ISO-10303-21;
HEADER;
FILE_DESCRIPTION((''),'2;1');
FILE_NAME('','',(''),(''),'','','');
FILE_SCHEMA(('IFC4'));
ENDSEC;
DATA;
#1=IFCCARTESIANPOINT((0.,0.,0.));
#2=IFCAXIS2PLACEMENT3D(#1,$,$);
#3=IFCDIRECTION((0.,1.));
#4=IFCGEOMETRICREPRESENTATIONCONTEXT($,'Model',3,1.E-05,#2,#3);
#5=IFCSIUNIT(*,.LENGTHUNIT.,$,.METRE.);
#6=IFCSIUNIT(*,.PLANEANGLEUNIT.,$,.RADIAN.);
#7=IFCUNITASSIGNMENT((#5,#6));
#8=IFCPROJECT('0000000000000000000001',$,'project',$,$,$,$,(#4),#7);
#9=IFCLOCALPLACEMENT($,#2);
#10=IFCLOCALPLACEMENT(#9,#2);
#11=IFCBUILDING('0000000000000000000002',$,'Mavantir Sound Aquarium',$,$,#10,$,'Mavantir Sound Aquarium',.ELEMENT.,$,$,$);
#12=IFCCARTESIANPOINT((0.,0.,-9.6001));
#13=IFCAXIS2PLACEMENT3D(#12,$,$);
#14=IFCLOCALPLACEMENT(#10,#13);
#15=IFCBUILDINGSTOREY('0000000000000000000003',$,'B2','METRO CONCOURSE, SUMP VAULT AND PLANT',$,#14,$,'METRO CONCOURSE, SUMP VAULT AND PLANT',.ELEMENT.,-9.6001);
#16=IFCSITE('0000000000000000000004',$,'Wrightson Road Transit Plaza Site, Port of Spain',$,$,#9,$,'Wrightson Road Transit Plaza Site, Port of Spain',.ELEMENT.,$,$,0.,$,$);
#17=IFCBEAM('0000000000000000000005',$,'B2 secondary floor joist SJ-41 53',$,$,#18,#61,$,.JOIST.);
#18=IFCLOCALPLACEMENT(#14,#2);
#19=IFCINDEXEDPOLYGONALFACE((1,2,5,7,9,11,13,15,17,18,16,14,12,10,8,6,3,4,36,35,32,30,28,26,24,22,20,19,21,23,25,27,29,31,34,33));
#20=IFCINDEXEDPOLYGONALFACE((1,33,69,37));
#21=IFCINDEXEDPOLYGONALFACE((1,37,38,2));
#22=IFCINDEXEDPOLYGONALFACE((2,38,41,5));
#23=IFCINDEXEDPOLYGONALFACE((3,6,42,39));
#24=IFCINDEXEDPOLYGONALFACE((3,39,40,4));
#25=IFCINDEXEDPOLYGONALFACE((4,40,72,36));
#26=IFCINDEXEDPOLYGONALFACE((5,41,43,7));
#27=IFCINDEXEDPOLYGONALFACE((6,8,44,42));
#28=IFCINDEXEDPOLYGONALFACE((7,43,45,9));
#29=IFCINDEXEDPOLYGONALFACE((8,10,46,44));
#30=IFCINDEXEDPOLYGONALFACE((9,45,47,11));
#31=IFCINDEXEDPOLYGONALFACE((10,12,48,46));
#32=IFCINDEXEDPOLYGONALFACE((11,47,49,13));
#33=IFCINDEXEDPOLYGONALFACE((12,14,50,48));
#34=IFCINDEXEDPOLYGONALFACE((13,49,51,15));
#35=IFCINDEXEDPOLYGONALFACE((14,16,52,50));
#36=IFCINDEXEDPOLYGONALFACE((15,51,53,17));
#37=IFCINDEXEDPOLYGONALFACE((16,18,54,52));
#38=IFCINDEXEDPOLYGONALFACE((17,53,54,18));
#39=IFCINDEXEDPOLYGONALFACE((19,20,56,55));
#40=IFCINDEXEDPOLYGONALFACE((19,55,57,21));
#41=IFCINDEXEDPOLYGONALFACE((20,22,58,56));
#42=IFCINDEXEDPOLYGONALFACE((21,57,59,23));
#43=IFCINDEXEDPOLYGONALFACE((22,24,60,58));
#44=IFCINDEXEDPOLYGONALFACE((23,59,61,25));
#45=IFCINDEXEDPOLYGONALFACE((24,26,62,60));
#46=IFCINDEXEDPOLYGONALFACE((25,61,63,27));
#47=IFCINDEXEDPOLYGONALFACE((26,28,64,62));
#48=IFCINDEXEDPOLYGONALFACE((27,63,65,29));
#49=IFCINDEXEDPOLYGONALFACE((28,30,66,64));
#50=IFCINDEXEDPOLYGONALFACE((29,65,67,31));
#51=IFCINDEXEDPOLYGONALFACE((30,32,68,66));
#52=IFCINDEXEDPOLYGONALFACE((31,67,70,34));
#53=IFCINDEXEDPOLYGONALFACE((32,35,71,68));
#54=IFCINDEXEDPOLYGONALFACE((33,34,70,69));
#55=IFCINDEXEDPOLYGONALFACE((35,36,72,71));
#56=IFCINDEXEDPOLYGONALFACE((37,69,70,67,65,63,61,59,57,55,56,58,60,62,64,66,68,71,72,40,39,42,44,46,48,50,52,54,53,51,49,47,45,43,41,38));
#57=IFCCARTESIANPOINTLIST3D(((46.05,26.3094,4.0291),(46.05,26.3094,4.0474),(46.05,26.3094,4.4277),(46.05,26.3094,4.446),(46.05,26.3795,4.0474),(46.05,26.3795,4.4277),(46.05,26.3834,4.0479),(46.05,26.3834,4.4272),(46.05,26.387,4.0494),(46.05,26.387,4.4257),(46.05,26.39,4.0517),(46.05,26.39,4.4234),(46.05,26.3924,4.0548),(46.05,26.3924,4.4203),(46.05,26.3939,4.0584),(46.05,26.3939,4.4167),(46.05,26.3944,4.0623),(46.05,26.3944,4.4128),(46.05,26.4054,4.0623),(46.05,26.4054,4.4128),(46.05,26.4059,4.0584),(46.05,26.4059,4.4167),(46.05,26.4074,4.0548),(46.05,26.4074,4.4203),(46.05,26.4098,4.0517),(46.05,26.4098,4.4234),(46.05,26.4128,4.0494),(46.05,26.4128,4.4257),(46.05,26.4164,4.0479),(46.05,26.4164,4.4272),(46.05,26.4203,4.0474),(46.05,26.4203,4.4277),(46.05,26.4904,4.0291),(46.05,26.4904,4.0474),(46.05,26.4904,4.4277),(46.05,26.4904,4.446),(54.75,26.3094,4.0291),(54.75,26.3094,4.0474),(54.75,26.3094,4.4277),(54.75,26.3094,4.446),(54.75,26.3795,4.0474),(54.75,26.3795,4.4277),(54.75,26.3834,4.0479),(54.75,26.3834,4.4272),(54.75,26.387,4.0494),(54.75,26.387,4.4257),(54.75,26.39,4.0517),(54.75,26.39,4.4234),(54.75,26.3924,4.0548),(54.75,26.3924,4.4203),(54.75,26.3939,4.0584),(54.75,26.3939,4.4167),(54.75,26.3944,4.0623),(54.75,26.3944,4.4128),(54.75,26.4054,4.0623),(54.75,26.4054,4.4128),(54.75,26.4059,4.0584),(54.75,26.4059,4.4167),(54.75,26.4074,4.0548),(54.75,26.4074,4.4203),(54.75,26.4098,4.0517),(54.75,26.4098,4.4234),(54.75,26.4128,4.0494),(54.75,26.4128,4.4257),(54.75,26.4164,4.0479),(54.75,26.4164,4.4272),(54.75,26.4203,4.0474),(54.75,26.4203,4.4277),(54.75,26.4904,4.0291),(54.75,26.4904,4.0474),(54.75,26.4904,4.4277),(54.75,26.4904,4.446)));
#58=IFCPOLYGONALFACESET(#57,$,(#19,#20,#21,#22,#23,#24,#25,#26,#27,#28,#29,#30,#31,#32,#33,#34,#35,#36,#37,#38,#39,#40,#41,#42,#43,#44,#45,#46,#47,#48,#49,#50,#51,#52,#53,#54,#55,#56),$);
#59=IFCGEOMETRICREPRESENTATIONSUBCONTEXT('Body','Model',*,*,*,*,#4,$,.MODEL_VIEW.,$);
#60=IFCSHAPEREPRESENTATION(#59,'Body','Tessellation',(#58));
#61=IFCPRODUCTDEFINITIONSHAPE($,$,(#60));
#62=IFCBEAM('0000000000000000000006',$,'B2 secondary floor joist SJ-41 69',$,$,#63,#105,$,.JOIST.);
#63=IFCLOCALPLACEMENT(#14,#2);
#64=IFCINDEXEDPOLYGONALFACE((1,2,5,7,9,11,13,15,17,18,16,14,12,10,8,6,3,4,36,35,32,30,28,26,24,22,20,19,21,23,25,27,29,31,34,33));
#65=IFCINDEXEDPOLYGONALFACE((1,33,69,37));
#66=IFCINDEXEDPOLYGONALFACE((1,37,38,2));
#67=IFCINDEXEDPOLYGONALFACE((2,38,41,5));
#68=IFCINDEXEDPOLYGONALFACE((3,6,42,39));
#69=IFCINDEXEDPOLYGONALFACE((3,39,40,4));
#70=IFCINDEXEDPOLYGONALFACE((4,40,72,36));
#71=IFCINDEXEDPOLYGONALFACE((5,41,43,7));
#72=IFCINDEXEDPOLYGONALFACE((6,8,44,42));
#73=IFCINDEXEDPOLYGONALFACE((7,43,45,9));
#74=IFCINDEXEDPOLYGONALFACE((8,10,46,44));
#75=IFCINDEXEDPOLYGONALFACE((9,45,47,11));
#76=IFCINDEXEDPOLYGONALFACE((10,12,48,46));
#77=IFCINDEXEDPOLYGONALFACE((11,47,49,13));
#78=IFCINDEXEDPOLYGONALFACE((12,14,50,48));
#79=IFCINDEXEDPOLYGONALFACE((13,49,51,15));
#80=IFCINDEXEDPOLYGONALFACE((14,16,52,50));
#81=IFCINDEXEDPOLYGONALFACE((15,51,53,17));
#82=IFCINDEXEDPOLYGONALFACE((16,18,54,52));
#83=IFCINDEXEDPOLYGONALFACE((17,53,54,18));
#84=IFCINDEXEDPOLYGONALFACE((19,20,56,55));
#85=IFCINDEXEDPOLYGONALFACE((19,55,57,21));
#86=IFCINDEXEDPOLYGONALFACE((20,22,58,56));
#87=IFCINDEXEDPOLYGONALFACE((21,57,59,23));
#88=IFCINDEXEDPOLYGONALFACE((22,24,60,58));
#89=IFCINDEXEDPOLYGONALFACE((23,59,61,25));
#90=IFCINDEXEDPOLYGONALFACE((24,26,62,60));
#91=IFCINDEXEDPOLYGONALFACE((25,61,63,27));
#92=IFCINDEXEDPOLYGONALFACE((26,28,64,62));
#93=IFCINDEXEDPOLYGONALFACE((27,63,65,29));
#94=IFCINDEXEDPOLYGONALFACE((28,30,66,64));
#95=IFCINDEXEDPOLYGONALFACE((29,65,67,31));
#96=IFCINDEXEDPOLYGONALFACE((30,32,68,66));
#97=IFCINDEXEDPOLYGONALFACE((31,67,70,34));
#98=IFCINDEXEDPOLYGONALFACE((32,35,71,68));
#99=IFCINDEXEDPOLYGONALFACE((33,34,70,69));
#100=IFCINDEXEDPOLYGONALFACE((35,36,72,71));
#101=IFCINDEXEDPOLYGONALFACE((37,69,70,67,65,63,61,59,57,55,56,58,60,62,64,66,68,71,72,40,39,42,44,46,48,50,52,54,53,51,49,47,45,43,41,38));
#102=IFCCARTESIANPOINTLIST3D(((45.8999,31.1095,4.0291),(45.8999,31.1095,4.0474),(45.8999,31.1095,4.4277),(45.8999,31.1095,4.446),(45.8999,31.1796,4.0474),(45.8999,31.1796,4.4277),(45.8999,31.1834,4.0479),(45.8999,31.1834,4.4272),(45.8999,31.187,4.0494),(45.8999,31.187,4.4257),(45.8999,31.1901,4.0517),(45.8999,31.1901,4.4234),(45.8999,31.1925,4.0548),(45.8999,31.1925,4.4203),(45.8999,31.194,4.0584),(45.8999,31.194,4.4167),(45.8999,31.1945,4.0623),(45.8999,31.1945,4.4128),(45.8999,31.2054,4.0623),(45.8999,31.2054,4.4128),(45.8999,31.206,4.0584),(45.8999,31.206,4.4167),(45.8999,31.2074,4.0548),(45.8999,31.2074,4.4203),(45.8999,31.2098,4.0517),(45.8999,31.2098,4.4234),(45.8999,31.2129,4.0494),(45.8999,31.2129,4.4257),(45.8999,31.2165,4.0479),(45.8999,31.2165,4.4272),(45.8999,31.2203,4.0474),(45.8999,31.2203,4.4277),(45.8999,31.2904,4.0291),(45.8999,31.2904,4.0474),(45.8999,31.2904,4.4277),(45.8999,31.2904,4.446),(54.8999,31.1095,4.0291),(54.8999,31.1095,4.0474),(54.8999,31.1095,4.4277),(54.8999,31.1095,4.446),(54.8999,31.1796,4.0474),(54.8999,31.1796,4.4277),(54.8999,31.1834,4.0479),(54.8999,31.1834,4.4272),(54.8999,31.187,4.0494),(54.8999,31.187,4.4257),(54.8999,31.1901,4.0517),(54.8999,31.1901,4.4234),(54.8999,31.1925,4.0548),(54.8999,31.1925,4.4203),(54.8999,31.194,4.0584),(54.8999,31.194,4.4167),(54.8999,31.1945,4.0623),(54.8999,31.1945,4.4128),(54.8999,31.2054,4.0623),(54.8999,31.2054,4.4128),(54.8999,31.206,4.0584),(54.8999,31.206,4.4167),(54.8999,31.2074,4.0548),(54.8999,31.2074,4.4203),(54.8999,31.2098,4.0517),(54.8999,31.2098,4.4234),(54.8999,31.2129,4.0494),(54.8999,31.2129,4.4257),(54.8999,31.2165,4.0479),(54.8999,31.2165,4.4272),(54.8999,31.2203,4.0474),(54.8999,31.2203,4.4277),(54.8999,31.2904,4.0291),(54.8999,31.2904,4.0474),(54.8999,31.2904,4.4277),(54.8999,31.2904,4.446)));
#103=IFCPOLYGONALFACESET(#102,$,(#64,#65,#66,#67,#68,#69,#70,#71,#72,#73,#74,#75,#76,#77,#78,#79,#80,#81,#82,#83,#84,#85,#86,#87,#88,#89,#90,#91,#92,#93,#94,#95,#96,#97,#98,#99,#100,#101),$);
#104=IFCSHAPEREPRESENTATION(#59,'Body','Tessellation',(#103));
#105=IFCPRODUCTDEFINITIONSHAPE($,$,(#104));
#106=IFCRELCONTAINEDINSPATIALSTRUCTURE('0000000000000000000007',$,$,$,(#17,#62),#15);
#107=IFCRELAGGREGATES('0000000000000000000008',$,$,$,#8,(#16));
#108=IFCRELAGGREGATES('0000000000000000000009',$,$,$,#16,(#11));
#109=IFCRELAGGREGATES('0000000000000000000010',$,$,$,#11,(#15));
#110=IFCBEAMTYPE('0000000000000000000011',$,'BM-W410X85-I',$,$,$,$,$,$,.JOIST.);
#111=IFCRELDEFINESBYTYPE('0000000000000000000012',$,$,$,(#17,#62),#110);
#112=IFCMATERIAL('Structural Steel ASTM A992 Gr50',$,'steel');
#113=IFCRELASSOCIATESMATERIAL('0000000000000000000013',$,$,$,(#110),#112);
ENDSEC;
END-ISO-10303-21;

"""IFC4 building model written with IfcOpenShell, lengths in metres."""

from ifc_helpers import new_model, si_unit, direction, frame, origin, origin_2d, place, context, subcontext, project, spatial, i_section, extrude, material, material_profile, profile_set, type_object, element, save


model = new_model("IFC4")

# Units and contexts
model_context = context("Model", 3, precision=1e-05, world=origin(), true_north=direction((0.0, 1.0)))
body_context = subcontext(model_context, "Body", "Model", "MODEL_VIEW")
ifc_project = project(units=[si_unit("LENGTHUNIT", "METRE"), si_unit("PLANEANGLEUNIT", "RADIAN")], contexts=[model_context])

# Site, building, storey
site_placement = place(None, origin())
site = spatial("IfcSite", under=ifc_project, at=site_placement, Name="Wrightson Road Transit Plaza Site, Port of Spain", LongName="Wrightson Road Transit Plaza Site, Port of Spain", CompositionType="ELEMENT", RefElevation=0.0)
building_placement = place(site_placement, origin())
building = spatial("IfcBuilding", under=site, at=building_placement, Name="Mavantir Sound Aquarium", LongName="Mavantir Sound Aquarium", CompositionType="ELEMENT")
storey_placement = place(building_placement, frame((0.0, 0.0, -9.6001)))
storey = spatial("IfcBuildingStorey", under=building, at=storey_placement, Name="B2", Description="METRO CONCOURSE, SUMP VAULT AND PLANT", LongName="METRO CONCOURSE, SUMP VAULT AND PLANT", CompositionType="ELEMENT", Elevation=-9.6001)

# Beams
ifc_material_1 = material(Name="Structural Steel ASTM A992 Gr50", Category="steel")
ifc_material_profile_1 = material_profile(ifc_material_1, i_section(OverallWidth=0.1809, OverallDepth=0.417, WebThickness=0.011, FlangeThickness=0.0183, FilletRadius=0.0149, at=origin_2d()), Name="W410X85")
ifc_profile_set_1 = profile_set([ifc_material_profile_1], Name="Structural Steel ASTM A992 Gr50")
beam_type_1 = type_object("IfcBeamType", Name="BM-W410X85-I", PredefinedType="JOIST", material=ifc_profile_set_1)
beam_1_placement = place(storey_placement, frame((46.05, 26.3999, 4.2375), z_axis=(1.0, 0.0, 0.0), x_axis=(0.0, 1.0, 0.0)))
element("IfcBeam", 1, at=beam_1_placement, inside=storey, type_object=beam_type_1, Name="B2 secondary floor joist SJ-41 53", PredefinedType="JOIST", context=body_context, shape_type="SweptSolid", body=[
    extrude(i_section(OverallWidth=0.1809, OverallDepth=0.417, WebThickness=0.011, FlangeThickness=0.0183, FilletRadius=0.0149, at=origin_2d()), origin(), (0.0, 0.0, 1.0), 8.7),
])
beam_2_placement = place(storey_placement, frame((45.8999, 31.2, 4.2375), z_axis=(1.0, 0.0, 0.0), x_axis=(0.0, 1.0, 0.0)))
element("IfcBeam", 2, at=beam_2_placement, inside=storey, type_object=beam_type_1, Name="B2 secondary floor joist SJ-41 69", PredefinedType="JOIST", context=body_context, shape_type="SweptSolid", body=[
    extrude(i_section(OverallWidth=0.1809, OverallDepth=0.417, WebThickness=0.011, FlangeThickness=0.0183, FilletRadius=0.0149, at=origin_2d()), origin(), (0.0, 0.0, 1.0), 9.0),
])

save(model, "model.ifc")
